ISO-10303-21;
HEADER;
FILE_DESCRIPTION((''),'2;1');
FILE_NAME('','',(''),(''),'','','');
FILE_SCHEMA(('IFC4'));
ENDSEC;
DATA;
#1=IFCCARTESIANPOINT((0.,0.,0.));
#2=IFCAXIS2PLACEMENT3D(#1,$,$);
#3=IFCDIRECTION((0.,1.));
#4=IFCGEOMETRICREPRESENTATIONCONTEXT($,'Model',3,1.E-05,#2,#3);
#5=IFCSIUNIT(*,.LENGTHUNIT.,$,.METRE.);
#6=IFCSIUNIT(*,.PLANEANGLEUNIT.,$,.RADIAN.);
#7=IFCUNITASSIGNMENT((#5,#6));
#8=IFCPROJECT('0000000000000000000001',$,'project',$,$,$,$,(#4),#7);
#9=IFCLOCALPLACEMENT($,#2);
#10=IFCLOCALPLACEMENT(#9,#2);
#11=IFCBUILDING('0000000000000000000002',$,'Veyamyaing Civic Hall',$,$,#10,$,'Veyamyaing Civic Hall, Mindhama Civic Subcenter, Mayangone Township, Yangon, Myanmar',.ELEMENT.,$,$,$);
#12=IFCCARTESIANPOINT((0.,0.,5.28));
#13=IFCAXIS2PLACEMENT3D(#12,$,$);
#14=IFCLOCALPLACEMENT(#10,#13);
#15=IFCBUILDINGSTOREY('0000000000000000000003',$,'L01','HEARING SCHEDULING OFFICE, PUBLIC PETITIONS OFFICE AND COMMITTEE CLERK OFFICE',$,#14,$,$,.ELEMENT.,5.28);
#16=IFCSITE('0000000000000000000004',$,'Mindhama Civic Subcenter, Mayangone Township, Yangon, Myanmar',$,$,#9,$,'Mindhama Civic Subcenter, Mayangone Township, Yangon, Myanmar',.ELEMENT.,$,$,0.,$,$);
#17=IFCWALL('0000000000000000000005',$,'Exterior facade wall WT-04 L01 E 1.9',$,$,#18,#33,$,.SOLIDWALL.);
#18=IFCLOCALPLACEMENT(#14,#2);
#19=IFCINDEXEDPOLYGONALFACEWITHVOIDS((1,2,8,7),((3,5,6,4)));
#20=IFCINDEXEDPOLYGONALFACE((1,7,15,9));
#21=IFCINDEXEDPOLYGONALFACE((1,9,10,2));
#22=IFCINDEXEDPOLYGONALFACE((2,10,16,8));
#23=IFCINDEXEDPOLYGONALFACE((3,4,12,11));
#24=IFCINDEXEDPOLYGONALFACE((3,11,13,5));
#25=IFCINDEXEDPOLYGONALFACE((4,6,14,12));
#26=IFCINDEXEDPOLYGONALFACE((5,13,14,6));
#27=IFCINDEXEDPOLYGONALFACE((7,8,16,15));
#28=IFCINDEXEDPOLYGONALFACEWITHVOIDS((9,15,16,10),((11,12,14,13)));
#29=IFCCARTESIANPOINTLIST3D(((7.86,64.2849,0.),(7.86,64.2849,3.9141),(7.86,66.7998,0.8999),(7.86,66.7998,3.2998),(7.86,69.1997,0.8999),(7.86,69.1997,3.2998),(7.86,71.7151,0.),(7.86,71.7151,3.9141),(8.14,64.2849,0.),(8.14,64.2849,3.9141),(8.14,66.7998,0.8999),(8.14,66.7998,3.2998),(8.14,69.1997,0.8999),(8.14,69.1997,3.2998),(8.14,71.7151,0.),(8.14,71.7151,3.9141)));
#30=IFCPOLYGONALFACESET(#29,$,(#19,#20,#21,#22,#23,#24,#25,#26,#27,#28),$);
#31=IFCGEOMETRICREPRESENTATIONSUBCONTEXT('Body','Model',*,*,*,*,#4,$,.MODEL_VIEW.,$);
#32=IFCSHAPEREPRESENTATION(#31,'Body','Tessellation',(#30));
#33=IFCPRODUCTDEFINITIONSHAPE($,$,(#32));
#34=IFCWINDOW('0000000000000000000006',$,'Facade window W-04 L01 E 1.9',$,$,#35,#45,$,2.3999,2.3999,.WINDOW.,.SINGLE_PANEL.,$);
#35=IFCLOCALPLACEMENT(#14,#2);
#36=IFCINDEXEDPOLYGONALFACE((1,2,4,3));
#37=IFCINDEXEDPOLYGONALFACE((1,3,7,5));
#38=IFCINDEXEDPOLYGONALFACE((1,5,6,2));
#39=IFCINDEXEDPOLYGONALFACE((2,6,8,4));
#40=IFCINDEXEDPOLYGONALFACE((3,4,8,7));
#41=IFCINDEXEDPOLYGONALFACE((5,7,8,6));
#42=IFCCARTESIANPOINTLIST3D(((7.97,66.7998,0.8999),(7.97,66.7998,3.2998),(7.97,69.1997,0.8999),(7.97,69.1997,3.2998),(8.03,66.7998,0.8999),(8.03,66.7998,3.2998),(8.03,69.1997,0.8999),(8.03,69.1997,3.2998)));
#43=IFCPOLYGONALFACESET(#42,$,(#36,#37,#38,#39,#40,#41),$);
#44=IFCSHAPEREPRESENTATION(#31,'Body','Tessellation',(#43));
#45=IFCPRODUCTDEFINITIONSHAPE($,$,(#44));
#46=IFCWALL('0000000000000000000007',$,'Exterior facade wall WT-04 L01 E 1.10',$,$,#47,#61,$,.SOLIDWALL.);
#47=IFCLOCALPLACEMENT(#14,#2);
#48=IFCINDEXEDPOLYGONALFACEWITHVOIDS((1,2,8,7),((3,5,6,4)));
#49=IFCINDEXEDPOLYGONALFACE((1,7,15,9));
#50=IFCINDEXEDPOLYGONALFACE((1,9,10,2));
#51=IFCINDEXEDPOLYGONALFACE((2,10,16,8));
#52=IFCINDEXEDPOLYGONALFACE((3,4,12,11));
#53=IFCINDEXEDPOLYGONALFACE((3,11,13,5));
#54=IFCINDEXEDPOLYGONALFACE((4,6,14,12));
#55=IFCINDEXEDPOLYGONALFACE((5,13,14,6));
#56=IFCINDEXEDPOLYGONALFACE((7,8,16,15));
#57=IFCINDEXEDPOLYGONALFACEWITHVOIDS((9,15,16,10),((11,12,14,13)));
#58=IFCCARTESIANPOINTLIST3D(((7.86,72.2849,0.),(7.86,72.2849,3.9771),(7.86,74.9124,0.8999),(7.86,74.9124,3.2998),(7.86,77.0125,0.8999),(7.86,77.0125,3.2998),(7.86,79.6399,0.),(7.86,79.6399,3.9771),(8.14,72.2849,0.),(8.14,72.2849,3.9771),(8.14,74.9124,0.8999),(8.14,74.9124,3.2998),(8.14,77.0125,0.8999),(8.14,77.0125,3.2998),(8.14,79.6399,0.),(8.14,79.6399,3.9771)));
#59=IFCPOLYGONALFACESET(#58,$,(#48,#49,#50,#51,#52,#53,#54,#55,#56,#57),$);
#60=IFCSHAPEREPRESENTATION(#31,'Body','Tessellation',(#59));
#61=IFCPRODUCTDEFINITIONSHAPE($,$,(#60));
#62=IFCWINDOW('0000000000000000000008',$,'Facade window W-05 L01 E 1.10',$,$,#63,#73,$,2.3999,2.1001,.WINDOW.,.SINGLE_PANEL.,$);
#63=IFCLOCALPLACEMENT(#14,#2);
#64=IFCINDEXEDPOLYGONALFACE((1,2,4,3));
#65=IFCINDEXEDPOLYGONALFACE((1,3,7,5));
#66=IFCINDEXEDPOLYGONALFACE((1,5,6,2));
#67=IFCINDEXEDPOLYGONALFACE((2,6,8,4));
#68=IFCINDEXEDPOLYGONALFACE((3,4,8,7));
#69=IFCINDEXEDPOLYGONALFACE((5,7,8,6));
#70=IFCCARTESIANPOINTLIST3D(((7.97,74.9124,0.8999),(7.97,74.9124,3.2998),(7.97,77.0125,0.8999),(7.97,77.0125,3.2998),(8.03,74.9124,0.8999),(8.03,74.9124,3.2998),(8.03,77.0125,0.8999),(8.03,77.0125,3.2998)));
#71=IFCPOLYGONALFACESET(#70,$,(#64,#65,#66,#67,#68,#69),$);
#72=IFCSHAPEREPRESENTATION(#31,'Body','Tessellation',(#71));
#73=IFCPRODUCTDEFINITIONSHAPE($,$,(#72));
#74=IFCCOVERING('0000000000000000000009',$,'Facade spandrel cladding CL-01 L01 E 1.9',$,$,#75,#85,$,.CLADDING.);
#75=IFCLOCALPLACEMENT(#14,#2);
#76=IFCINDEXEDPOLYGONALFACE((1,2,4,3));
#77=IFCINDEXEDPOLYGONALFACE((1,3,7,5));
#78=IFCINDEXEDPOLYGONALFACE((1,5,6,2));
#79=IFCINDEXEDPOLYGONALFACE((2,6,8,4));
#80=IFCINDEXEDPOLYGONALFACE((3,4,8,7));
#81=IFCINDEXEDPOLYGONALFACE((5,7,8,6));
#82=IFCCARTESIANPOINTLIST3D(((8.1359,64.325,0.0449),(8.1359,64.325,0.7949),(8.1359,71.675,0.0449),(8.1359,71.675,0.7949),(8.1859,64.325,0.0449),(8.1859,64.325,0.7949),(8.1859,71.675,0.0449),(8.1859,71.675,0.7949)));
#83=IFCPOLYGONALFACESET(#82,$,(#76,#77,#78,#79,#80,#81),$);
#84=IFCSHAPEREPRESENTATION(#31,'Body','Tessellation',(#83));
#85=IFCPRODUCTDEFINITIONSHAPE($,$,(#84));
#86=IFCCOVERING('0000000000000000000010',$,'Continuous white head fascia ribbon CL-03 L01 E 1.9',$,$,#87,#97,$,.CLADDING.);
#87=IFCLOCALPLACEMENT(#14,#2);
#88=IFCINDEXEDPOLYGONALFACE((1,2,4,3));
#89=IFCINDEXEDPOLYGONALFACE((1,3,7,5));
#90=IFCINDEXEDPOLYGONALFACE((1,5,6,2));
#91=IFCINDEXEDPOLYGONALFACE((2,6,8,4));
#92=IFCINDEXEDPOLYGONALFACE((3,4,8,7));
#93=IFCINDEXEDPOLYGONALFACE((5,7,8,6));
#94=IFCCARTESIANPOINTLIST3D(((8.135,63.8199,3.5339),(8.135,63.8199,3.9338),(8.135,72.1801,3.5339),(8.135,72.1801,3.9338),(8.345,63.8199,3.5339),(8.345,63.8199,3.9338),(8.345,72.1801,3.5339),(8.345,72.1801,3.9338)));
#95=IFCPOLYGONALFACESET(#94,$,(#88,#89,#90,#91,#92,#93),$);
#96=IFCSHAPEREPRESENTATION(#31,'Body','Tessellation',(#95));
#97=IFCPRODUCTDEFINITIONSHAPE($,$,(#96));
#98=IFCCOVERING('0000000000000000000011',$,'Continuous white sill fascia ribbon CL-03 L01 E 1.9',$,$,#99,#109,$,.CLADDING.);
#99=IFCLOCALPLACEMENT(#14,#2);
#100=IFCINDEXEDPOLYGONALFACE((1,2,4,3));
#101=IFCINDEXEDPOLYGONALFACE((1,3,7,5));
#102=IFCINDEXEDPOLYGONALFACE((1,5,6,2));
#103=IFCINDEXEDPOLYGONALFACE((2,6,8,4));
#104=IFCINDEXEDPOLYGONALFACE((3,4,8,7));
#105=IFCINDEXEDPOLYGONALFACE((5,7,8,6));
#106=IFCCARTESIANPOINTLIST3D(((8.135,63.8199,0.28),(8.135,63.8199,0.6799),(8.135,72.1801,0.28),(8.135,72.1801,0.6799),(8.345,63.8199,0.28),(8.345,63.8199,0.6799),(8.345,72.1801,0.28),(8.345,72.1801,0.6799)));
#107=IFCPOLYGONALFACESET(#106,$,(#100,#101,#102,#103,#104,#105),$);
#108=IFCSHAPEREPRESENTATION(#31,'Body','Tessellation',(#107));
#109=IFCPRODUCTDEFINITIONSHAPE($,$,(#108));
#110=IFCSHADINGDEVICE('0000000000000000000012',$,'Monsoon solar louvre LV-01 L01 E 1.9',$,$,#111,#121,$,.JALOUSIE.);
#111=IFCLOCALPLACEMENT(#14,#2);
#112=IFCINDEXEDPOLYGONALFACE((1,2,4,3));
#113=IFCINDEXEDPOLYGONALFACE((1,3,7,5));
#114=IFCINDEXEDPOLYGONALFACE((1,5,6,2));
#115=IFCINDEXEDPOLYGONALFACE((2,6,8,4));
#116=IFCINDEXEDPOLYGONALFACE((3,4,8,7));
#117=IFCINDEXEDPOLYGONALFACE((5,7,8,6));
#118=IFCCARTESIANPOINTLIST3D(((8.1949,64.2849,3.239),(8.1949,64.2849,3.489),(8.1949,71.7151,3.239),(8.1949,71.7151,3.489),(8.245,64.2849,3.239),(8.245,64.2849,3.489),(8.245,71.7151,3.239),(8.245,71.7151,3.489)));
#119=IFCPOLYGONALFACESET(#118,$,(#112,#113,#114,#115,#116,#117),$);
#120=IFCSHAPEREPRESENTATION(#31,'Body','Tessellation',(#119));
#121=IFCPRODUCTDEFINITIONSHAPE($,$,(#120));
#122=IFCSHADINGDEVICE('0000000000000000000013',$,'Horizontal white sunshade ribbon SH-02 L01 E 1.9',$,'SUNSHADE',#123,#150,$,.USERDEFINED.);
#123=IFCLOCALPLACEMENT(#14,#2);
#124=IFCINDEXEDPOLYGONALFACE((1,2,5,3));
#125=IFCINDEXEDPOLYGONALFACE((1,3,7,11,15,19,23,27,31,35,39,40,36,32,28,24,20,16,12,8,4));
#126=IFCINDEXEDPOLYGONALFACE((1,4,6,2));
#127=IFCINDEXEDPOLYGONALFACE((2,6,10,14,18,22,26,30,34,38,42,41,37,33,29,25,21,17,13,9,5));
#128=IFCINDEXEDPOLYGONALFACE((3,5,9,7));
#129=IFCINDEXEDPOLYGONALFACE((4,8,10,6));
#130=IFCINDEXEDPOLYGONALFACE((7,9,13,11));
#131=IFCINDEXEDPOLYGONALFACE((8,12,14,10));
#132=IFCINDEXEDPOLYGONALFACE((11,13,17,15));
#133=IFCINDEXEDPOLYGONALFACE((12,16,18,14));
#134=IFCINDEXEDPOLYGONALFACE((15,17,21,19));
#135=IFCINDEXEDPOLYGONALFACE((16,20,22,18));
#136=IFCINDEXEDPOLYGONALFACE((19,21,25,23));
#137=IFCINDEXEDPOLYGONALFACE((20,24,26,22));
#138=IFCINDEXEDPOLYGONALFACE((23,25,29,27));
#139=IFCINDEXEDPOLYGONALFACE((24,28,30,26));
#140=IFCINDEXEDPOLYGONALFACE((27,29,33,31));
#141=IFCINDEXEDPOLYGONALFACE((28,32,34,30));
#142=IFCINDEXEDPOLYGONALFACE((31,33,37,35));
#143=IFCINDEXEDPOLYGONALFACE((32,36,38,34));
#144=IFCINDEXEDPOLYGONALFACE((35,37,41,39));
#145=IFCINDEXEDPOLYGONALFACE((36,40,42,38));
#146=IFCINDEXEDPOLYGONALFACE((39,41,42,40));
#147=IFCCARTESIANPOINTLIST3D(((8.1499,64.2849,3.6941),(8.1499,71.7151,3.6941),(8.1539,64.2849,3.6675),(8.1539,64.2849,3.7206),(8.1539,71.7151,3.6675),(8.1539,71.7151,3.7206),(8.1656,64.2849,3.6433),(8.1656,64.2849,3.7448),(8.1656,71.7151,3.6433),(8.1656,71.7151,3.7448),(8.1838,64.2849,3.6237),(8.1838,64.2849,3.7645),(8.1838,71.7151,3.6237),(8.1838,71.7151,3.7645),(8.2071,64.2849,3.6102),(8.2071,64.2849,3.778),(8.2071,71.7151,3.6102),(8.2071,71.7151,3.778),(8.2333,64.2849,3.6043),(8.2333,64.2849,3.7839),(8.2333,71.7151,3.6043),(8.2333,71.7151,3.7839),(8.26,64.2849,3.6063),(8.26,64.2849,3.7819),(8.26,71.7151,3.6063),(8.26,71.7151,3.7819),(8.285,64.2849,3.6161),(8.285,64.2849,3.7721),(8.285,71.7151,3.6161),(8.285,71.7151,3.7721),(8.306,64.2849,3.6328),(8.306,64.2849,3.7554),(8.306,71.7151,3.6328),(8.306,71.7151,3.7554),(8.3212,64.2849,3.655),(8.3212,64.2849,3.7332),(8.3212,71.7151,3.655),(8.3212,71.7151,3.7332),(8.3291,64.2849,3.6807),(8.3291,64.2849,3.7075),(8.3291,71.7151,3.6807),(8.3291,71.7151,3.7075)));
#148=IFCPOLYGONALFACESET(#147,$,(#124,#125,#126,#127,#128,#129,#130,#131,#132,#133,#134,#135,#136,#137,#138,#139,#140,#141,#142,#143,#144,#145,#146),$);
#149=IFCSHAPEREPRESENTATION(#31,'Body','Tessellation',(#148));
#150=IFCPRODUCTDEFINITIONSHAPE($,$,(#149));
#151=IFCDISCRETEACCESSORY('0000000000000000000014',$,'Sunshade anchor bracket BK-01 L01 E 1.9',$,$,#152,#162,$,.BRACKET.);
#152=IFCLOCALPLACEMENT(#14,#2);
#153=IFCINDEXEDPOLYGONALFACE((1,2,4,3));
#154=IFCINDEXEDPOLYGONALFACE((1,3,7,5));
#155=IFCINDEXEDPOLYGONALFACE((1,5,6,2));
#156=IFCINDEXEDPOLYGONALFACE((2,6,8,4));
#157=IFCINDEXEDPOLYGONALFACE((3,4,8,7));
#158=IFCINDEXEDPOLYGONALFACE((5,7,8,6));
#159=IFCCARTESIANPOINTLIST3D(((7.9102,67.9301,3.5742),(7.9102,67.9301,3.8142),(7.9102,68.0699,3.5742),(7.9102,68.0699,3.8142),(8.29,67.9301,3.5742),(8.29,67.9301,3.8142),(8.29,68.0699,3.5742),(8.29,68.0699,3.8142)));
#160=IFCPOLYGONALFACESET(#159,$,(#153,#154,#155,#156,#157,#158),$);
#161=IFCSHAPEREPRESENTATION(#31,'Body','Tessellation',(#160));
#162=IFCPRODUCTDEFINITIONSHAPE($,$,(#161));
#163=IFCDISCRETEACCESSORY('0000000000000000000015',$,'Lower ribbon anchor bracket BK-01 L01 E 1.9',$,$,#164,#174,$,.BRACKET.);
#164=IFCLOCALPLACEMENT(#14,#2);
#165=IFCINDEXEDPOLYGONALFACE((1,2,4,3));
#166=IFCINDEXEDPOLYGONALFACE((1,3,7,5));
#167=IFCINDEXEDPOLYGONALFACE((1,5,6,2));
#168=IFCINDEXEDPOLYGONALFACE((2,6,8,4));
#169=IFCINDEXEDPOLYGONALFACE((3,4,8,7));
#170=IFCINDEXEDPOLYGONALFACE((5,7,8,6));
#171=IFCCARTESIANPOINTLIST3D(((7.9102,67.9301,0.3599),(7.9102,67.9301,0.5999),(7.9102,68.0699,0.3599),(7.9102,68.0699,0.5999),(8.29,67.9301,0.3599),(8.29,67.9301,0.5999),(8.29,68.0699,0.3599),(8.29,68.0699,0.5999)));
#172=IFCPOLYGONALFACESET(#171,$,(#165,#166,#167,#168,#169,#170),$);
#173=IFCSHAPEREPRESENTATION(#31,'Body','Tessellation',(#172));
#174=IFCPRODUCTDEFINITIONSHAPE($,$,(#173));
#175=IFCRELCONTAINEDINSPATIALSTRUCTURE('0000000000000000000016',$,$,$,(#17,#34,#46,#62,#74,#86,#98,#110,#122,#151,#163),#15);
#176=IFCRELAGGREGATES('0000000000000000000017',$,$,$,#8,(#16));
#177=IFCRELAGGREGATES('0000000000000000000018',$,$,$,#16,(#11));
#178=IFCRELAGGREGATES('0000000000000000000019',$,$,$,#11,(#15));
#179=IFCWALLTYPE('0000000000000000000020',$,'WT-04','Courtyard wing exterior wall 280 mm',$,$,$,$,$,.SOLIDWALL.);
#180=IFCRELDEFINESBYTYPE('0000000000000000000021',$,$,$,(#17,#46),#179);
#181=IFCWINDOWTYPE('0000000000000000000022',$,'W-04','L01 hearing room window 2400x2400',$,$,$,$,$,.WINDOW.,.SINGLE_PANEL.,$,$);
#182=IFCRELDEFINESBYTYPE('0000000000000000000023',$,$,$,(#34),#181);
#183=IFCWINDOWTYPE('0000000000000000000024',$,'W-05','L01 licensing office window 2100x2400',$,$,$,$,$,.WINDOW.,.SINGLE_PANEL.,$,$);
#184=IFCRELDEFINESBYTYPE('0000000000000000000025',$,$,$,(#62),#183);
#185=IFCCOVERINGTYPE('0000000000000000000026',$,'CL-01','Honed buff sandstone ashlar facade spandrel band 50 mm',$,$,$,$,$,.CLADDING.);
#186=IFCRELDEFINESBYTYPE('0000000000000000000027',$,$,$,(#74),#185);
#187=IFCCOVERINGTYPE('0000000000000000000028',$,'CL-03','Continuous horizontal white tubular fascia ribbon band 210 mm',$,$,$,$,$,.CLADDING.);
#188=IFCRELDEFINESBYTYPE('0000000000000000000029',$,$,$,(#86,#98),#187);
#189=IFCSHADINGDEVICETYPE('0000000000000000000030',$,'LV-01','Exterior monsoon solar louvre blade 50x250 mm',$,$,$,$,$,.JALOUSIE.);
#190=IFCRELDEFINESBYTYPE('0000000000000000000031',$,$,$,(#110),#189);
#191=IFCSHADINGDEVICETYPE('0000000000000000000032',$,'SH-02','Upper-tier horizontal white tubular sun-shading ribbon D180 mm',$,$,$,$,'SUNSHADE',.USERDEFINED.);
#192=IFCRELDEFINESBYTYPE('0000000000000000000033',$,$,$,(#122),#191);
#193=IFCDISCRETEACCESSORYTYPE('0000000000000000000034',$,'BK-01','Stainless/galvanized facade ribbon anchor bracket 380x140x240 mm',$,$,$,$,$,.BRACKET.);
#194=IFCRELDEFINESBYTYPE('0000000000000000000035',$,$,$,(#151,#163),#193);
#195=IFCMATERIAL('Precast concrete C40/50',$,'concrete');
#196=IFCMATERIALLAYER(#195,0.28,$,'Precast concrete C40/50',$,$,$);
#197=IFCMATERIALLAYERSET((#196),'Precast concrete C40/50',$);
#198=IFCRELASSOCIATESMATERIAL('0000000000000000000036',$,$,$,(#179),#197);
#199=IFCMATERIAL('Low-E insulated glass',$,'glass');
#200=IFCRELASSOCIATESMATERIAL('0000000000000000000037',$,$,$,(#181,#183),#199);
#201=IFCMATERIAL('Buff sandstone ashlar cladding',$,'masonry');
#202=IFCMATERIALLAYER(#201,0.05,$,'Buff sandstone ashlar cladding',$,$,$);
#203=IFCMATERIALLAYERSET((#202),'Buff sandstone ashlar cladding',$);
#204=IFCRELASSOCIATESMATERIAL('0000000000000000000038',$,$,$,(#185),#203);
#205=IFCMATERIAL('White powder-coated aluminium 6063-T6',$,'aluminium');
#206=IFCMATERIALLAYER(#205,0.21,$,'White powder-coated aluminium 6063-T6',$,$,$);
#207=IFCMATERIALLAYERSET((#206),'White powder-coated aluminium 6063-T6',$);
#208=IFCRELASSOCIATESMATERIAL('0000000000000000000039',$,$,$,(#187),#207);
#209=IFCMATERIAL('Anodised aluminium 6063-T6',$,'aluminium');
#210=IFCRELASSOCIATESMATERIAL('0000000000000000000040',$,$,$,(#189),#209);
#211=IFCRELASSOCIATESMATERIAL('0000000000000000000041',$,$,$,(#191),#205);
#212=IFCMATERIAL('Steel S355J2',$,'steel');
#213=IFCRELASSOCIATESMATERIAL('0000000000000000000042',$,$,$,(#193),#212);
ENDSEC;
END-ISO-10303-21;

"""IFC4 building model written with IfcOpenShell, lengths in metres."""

from ifc_helpers import new_model, si_unit, direction, frame, frame_2d, origin, origin_2d, place, context, subcontext, project, spatial, rectangle, circle, extrude, material, layer, layer_set, material_profile, profile_set, type_object, element, fill, save


model = new_model("IFC4")

# Units and contexts
model_context = context("Model", 3, precision=1e-05, world=origin(), true_north=direction((0.0, 1.0)))
body_context = subcontext(model_context, "Body", "Model", "MODEL_VIEW")
ifc_project = project(units=[si_unit("LENGTHUNIT", "METRE"), si_unit("PLANEANGLEUNIT", "RADIAN")], contexts=[model_context])

# Site, building, storey
site_placement = place(None, origin())
site = spatial("IfcSite", under=ifc_project, at=site_placement, Name="Mindhama Civic Subcenter, Mayangone Township, Yangon, Myanmar", LongName="Mindhama Civic Subcenter, Mayangone Township, Yangon, Myanmar", CompositionType="ELEMENT", RefElevation=0.0)
building_placement = place(site_placement, origin())
building = spatial("IfcBuilding", under=site, at=building_placement, Name="Veyamyaing Civic Hall", LongName="Veyamyaing Civic Hall, Mindhama Civic Subcenter, Mayangone Township, Yangon, Myanmar", CompositionType="ELEMENT")
storey_placement = place(building_placement, frame((0.0, 0.0, 5.28)))
storey = spatial("IfcBuildingStorey", under=building, at=storey_placement, Name="L01", Description="HEARING SCHEDULING OFFICE, PUBLIC PETITIONS OFFICE AND COMMITTEE CLERK OFFICE", CompositionType="ELEMENT", Elevation=5.28)

# Shared definitions
ifc_material_1 = material(Name="Anodised aluminium 6063-T6", Category="aluminium")

# Shared definitions
ifc_material_2 = material(Name="Low-E insulated glass", Category="glass")

# Walls, openings, windows
ifc_material_3 = material(Name="Precast concrete C40/50", Category="concrete")
ifc_layer_1 = layer(ifc_material_3, 0.28, Name="Precast concrete C40/50")
ifc_layer_set_1 = layer_set([ifc_layer_1], Name="Precast concrete C40/50")
wall_type = type_object("IfcWallType", Name="WT-04", Description="Courtyard wing exterior wall 280 mm", PredefinedType="SOLIDWALL", material=ifc_layer_set_1)
wall_1_placement = place(storey_placement, frame((8.0, 64.2849, 0.0), z_axis=(0.0, 0.0, 1.0), x_axis=(0.0, 1.0, 0.0)))
wall_1 = element("IfcWall", 1, at=wall_1_placement, inside=storey, type_object=wall_type, Name="Exterior facade wall WT-04 L01 E 1.9", PredefinedType="SOLIDWALL", context=body_context, shape_type="SweptSolid", body=[
    extrude(rectangle(XDim=7.4302, YDim=0.28, at=frame_2d((3.7151, 0.0))), origin(), (0.0, 0.0, 1.0), 3.9141),
])
opening_1_placement = place(wall_1_placement, frame((2.5149, 0.0, 0.8999)))
opening_1 = element("IfcOpeningElement", 2, at=opening_1_placement, cuts=wall_1, PredefinedType="OPENING", context=body_context, shape_type="SweptSolid", body=[
    extrude(rectangle(XDim=2.3999, YDim=2.3999, at=frame_2d((1.2, 1.2))), frame((0.0, 0.1499, 0.0), z_axis=(0.0, -1.0, 0.0), x_axis=(1.0, 0.0, 0.0)), (0.0, 0.0, 1.0), 0.3),
])
window_type_1 = type_object("IfcWindowType", Name="W-04", Description="L01 hearing room window 2400x2400", PartitioningType="SINGLE_PANEL", PredefinedType="WINDOW", material=ifc_material_2)
window_1_placement = place(opening_1_placement, origin())
window_1 = element("IfcWindow", 3, at=window_1_placement, inside=storey, type_object=window_type_1, Name="Facade window W-04 L01 E 1.9", OverallHeight=2.3999, OverallWidth=2.3999, PartitioningType="SINGLE_PANEL", PredefinedType="WINDOW", context=body_context, shape_type="SweptSolid", body=[
    extrude(rectangle(XDim=2.3999, YDim=2.3999, at=frame_2d((1.2, 1.2))), frame((0.0, 0.03, 0.0), z_axis=(0.0, -1.0, 0.0), x_axis=(1.0, 0.0, 0.0)), (0.0, 0.0, 1.0), 0.0601),
])
fill(opening_1, window_1)
wall_2_placement = place(storey_placement, frame((8.0, 72.2849, 0.0), z_axis=(0.0, 0.0, 1.0), x_axis=(0.0, 1.0, 0.0)))
wall_2 = element("IfcWall", 4, at=wall_2_placement, inside=storey, type_object=wall_type, Name="Exterior facade wall WT-04 L01 E 1.10", PredefinedType="SOLIDWALL", context=body_context, shape_type="SweptSolid", body=[
    extrude(rectangle(XDim=7.355, YDim=0.28, at=frame_2d((3.6775, 0.0))), origin(), (0.0, 0.0, 1.0), 3.9771),
])
opening_2_placement = place(wall_2_placement, frame((2.6274, 0.0, 0.8999)))
opening_2 = element("IfcOpeningElement", 5, at=opening_2_placement, cuts=wall_2, PredefinedType="OPENING", context=body_context, shape_type="SweptSolid", body=[
    extrude(rectangle(XDim=2.1001, YDim=2.3999, at=frame_2d((1.05, 1.2))), frame((0.0, 0.1499, 0.0), z_axis=(0.0, -1.0, 0.0), x_axis=(1.0, 0.0, 0.0)), (0.0, 0.0, 1.0), 0.3),
])
window_type_2 = type_object("IfcWindowType", Name="W-05", Description="L01 licensing office window 2100x2400", PartitioningType="SINGLE_PANEL", PredefinedType="WINDOW", material=ifc_material_2)
window_2_placement = place(opening_2_placement, origin())
window_2 = element("IfcWindow", 6, at=window_2_placement, inside=storey, type_object=window_type_2, Name="Facade window W-05 L01 E 1.10", OverallHeight=2.3999, OverallWidth=2.1001, PartitioningType="SINGLE_PANEL", PredefinedType="WINDOW", context=body_context, shape_type="SweptSolid", body=[
    extrude(rectangle(XDim=2.1001, YDim=2.3999, at=frame_2d((1.05, 1.2))), frame((0.0, 0.03, 0.0), z_axis=(0.0, -1.0, 0.0), x_axis=(1.0, 0.0, 0.0)), (0.0, 0.0, 1.0), 0.0601),
])
fill(opening_2, window_2)

# Coverings
ifc_material_4 = material(Name="Buff sandstone ashlar cladding", Category="masonry")
ifc_layer_2 = layer(ifc_material_4, 0.05, Name="Buff sandstone ashlar cladding")
ifc_layer_set_2 = layer_set([ifc_layer_2], Name="Buff sandstone ashlar cladding")
covering_type_1 = type_object("IfcCoveringType", Name="CL-01", Description="Honed buff sandstone ashlar facade spandrel band 50 mm", PredefinedType="CLADDING", material=ifc_layer_set_2)
covering_placement = place(storey_placement, frame((8.1609, 68.0, 0.0449), z_axis=(0.0, 0.0, 1.0), x_axis=(0.0, 1.0, 0.0)))
element("IfcCovering", 7, at=covering_placement, inside=storey, type_object=covering_type_1, Name="Facade spandrel cladding CL-01 L01 E 1.9", PredefinedType="CLADDING", context=body_context, shape_type="SweptSolid", body=[
    extrude(rectangle(XDim=7.3501, YDim=0.05, at=origin_2d()), origin(), (0.0, 0.0, 1.0), 0.75),
])
ifc_material_5 = material(Name="White powder-coated aluminium 6063-T6", Category="aluminium")
ifc_layer_3 = layer(ifc_material_5, 0.21, Name="White powder-coated aluminium 6063-T6")
ifc_layer_set_3 = layer_set([ifc_layer_3], Name="White powder-coated aluminium 6063-T6")
covering_type_2 = type_object("IfcCoveringType", Name="CL-03", Description="Continuous horizontal white tubular fascia ribbon band 210 mm", PredefinedType="CLADDING", material=ifc_layer_set_3)
for number, where, z_axis, x_axis, name in (
    (8, (8.24, 68.0, 3.5339), (0.0, 0.0, 1.0), (0.0, 1.0, 0.0), "Continuous white head fascia ribbon CL-03 L01 E 1.9"),
    (9, (8.24, 68.0, 0.28), (0.0, 0.0, 1.0), (0.0, 1.0, 0.0), "Continuous white sill fascia ribbon CL-03 L01 E 1.9"),
):
    element("IfcCovering", number, at=place(storey_placement, frame(where, z_axis=z_axis, x_axis=x_axis)), inside=storey, type_object=covering_type_2, Name=name, PredefinedType="CLADDING", context=body_context, shape_type="SweptSolid", body=[
        extrude(rectangle(XDim=8.3601, YDim=0.21, at=origin_2d()), origin(), (0.0, 0.0, 1.0), 0.3999),
    ])

# Shading devices
ifc_material_profile_1 = material_profile(ifc_material_1, rectangle(XDim=0.05, YDim=0.25, at=origin_2d()), Name="LOUVRE-BLADE-50X250")
ifc_profile_set_1 = profile_set([ifc_material_profile_1], Name="Anodised aluminium 6063-T6")
shading_device_type_1 = type_object("IfcShadingDeviceType", Name="LV-01", Description="Exterior monsoon solar louvre blade 50x250 mm", PredefinedType="JALOUSIE", material=ifc_profile_set_1)
shading_device_1_placement = place(storey_placement, frame((8.22, 64.2849, 3.364), z_axis=(0.0, 1.0, 0.0), x_axis=(-1.0, 0.0, 0.0)))
element("IfcShadingDevice", 10, at=shading_device_1_placement, inside=storey, type_object=shading_device_type_1, Name="Monsoon solar louvre LV-01 L01 E 1.9", PredefinedType="JALOUSIE", context=body_context, shape_type="SweptSolid", body=[
    extrude(rectangle(XDim=0.05, YDim=0.25, at=origin_2d()), origin(), (0.0, 0.0, 1.0), 7.4302),
])
ifc_material_profile_2 = material_profile(ifc_material_5, circle(Radius=0.0901, at=origin_2d()), Name="SHADE-TUBE-180")
ifc_profile_set_2 = profile_set([ifc_material_profile_2], Name="White powder-coated aluminium 6063-T6")
shading_device_type_2 = type_object("IfcShadingDeviceType", Name="SH-02", Description="Upper-tier horizontal white tubular sun-shading ribbon D180 mm", ElementType="SUNSHADE", PredefinedType="USERDEFINED", material=ifc_profile_set_2)
shading_device_2_placement = place(storey_placement, frame((8.24, 64.2849, 3.6941), z_axis=(0.0, 1.0, 0.0), x_axis=(-1.0, 0.0, 0.0)))
element("IfcShadingDevice", 11, at=shading_device_2_placement, inside=storey, type_object=shading_device_type_2, Name="Horizontal white sunshade ribbon SH-02 L01 E 1.9", ObjectType="SUNSHADE", PredefinedType="USERDEFINED", context=body_context, shape_type="SweptSolid", body=[
    extrude(circle(Radius=0.0901, at=origin_2d()), origin(), (0.0, 0.0, 1.0), 7.4302),
])

# Discrete accessories
ifc_material_6 = material(Name="Steel S355J2", Category="steel")
discrete_accessory_type = type_object("IfcDiscreteAccessoryType", Name="BK-01", Description="Stainless/galvanized facade ribbon anchor bracket 380x140x240 mm", PredefinedType="BRACKET", material=ifc_material_6)
for number, where, z_axis, x_axis, name in (
    (12, (8.1001, 68.0, 3.5742), (0.0, 0.0, 1.0), (1.0, 0.0, 0.0), "Sunshade anchor bracket BK-01 L01 E 1.9"),
    (13, (8.1001, 68.0, 0.3599), (0.0, 0.0, 1.0), (1.0, 0.0, 0.0), "Lower ribbon anchor bracket BK-01 L01 E 1.9"),
):
    element("IfcDiscreteAccessory", number, at=place(storey_placement, frame(where, z_axis=z_axis, x_axis=x_axis)), inside=storey, type_object=discrete_accessory_type, Name=name, PredefinedType="BRACKET", context=body_context, shape_type="SweptSolid", body=[
        extrude(rectangle(XDim=0.3799, YDim=0.1399, at=origin_2d()), origin(), (0.0, 0.0, 1.0), 0.24),
    ])

save(model, "model.ifc")
